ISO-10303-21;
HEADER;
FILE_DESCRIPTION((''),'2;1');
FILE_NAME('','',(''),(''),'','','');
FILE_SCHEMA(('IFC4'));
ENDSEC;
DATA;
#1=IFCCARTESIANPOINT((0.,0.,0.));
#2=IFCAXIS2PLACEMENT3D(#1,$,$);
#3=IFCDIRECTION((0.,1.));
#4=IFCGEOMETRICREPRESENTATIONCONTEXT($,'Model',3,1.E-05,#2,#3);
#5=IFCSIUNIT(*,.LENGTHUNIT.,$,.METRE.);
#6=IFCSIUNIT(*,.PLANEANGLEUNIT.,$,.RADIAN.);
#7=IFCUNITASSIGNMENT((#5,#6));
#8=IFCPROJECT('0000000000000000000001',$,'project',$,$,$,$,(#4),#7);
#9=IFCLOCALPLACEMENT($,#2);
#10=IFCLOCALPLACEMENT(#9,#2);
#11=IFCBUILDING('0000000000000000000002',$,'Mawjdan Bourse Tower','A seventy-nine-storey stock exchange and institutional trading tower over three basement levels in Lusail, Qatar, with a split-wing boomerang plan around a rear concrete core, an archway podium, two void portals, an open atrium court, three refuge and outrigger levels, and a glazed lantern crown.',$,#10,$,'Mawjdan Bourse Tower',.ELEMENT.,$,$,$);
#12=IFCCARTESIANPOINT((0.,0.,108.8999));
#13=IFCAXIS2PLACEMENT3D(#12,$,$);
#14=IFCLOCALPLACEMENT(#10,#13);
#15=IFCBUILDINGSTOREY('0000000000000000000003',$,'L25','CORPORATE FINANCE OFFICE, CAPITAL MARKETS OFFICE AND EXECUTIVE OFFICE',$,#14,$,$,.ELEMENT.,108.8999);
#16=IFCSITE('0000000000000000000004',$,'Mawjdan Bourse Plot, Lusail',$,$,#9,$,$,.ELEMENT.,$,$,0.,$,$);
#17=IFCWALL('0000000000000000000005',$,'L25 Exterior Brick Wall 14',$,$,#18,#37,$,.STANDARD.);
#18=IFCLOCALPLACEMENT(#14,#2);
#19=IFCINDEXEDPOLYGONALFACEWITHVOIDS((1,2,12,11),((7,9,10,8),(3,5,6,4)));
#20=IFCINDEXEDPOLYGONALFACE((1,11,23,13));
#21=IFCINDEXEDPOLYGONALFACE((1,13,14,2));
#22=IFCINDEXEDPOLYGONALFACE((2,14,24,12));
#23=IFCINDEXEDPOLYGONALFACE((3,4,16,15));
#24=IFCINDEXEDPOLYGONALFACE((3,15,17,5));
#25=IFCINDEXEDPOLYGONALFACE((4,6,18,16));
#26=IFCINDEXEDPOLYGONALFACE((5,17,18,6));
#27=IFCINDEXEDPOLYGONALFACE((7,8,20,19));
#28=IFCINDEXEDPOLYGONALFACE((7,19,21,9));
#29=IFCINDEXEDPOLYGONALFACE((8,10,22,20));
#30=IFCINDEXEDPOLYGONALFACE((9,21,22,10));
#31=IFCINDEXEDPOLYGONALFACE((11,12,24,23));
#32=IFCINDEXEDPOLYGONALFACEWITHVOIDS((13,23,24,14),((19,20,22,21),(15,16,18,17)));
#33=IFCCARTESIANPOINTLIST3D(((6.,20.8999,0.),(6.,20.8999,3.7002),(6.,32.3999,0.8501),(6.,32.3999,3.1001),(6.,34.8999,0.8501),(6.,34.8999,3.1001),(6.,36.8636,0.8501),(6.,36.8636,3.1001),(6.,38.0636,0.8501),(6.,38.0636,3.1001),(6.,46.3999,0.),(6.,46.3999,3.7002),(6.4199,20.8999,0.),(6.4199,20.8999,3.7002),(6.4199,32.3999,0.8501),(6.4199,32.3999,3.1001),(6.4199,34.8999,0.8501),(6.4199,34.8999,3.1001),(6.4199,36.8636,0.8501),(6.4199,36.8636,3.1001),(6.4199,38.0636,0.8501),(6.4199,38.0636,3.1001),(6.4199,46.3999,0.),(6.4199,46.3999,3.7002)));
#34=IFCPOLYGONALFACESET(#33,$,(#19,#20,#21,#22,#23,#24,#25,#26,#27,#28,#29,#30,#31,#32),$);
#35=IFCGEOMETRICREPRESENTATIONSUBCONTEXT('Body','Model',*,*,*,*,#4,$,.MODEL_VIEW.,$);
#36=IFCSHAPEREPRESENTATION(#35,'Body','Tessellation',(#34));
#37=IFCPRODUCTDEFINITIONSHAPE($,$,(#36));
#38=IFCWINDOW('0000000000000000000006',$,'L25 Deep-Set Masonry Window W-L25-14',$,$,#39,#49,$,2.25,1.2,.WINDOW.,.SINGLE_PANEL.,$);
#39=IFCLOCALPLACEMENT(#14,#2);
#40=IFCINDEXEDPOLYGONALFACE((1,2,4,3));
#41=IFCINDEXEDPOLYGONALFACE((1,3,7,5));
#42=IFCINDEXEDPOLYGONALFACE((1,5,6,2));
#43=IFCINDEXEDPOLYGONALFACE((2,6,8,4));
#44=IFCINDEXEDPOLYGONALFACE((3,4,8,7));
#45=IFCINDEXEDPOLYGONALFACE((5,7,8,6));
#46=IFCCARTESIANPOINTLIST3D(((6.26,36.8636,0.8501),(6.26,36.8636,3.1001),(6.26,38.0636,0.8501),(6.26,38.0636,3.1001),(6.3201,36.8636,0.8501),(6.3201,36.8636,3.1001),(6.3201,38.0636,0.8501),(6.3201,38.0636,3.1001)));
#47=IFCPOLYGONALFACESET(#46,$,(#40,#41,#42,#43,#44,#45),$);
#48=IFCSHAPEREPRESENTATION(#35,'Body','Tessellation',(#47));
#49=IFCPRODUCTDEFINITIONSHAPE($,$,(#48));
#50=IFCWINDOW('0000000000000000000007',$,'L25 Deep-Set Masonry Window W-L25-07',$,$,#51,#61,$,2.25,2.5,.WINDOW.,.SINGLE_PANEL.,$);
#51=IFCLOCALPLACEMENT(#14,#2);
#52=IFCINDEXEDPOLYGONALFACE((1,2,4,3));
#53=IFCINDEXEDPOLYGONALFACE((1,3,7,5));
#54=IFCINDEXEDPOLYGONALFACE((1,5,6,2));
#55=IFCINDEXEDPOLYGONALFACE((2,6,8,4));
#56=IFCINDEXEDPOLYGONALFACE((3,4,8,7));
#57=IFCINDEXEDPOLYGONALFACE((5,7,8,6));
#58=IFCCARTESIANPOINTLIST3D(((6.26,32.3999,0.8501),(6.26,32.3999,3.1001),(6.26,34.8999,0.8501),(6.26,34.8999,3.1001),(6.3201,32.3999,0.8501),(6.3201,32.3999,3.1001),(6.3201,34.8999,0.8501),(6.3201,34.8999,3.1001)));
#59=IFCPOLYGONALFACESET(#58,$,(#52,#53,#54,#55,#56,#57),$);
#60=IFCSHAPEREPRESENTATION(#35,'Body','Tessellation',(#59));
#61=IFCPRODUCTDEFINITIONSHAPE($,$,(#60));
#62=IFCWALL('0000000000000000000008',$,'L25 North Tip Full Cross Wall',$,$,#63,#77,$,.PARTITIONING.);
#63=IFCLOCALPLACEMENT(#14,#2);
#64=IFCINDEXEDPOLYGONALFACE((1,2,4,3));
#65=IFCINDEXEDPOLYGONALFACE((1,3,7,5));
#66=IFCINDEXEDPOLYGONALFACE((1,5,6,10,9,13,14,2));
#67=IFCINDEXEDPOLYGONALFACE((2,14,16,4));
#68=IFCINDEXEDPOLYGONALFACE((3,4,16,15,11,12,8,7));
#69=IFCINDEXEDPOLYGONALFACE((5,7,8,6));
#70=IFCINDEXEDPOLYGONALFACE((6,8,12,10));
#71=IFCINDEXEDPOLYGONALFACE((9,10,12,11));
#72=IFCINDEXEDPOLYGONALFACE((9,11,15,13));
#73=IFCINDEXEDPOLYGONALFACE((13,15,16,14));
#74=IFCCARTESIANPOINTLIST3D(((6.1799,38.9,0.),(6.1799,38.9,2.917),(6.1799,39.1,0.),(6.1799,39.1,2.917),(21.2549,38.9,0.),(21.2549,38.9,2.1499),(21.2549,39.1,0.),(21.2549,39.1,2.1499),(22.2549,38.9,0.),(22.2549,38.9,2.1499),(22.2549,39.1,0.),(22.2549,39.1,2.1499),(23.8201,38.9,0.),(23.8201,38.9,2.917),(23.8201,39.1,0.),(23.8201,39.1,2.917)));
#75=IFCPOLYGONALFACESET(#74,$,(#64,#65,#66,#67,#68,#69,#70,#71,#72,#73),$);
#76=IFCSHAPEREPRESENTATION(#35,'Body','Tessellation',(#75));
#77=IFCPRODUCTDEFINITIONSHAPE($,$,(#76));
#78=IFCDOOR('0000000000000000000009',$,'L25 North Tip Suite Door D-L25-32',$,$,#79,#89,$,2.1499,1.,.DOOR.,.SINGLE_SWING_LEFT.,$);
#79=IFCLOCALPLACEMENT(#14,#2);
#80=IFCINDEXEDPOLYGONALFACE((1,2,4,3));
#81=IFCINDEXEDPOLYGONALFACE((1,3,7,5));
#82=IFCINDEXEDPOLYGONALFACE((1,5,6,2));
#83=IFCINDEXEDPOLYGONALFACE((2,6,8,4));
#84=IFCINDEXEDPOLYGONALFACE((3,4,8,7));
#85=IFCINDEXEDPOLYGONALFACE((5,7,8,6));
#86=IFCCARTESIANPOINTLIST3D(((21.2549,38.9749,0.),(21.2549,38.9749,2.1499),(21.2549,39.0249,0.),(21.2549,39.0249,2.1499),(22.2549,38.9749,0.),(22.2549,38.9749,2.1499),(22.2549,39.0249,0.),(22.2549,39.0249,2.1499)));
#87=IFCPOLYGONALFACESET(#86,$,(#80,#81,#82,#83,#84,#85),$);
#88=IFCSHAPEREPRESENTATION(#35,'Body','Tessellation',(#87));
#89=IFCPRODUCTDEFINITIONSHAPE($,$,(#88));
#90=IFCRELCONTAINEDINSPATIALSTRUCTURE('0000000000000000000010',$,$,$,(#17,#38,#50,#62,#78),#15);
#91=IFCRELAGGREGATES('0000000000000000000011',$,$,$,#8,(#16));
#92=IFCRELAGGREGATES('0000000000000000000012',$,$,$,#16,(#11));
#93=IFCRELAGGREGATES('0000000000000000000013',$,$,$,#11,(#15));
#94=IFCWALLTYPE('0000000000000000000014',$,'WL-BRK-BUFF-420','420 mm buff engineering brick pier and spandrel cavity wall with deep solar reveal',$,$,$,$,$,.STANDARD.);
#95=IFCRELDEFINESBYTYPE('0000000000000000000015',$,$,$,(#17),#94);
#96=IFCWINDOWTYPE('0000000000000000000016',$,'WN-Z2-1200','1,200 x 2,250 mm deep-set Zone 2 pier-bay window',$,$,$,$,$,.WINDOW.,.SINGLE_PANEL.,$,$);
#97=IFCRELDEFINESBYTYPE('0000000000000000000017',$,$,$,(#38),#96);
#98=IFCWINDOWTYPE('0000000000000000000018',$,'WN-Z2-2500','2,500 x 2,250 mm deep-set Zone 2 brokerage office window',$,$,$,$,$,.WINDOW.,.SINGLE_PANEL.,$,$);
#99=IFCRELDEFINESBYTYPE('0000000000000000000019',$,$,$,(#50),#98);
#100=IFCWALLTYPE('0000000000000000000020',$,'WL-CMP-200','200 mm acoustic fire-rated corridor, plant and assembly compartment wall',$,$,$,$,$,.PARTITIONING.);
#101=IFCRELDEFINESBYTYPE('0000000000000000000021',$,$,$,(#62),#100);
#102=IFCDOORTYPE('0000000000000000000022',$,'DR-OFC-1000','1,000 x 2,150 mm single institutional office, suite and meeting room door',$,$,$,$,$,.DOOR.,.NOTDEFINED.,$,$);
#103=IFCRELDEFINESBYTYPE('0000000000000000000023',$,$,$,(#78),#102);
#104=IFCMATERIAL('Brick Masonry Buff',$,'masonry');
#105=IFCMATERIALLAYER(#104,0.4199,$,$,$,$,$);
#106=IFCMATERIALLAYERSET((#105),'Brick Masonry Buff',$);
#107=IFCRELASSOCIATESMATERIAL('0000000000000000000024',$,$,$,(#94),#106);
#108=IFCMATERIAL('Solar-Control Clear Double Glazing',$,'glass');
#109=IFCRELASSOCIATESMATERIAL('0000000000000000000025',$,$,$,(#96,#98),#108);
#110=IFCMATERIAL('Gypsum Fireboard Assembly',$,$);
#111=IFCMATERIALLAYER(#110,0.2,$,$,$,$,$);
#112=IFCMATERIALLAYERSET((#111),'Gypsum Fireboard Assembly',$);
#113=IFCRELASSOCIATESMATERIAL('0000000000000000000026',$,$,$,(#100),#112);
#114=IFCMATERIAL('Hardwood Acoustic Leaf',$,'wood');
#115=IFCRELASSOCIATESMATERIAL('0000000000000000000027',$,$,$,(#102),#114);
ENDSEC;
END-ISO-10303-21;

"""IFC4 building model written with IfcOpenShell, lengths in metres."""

from ifc_helpers import new_model, si_unit, direction, frame, frame_2d, origin, place, context, subcontext, project, spatial, rectangle, extrude, material, layer, layer_set, type_object, element, fill, save


model = new_model("IFC4")

# Units and contexts
model_context = context("Model", 3, precision=1e-05, world=origin(), true_north=direction((0.0, 1.0)))
body_context = subcontext(model_context, "Body", "Model", "MODEL_VIEW")
ifc_project = project(units=[si_unit("LENGTHUNIT", "METRE"), si_unit("PLANEANGLEUNIT", "RADIAN")], contexts=[model_context])

# Site, building, storey
site_placement = place(None, origin())
site = spatial("IfcSite", under=ifc_project, at=site_placement, Name="Mawjdan Bourse Plot, Lusail", CompositionType="ELEMENT", RefElevation=0.0)
building_placement = place(site_placement, origin())
building = spatial("IfcBuilding", under=site, at=building_placement, Name="Mawjdan Bourse Tower", Description="A seventy-nine-storey stock exchange and institutional trading tower over three basement levels in Lusail, Qatar, with a split-wing boomerang plan around a rear concrete core, an archway podium, two void portals, an open atrium court, three refuge and outrigger levels, and a glazed lantern crown.", LongName="Mawjdan Bourse Tower", CompositionType="ELEMENT")
storey_placement = place(building_placement, frame((0.0, 0.0, 108.8999)))
storey = spatial("IfcBuildingStorey", under=building, at=storey_placement, Name="L25", Description="CORPORATE FINANCE OFFICE, CAPITAL MARKETS OFFICE AND EXECUTIVE OFFICE", CompositionType="ELEMENT", Elevation=108.8999)

# Shared definitions
ifc_material_1 = material(Name="Brick Masonry Buff", Category="masonry")
ifc_layer_1 = layer(ifc_material_1, 0.4199)
ifc_layer_set_1 = layer_set([ifc_layer_1], Name="Brick Masonry Buff")
wall_type_1 = type_object("IfcWallType", Name="WL-BRK-BUFF-420", Description="420 mm buff engineering brick pier and spandrel cavity wall with deep solar reveal", PredefinedType="STANDARD", material=ifc_layer_set_1)

# Wall, openings, windows
wall_1_placement = place(storey_placement, frame((6.21, 46.3999, 0.0), z_axis=(0.0, 0.0, 1.0), x_axis=(0.0, -1.0, 0.0)))
wall_1 = element("IfcWall", 1, at=wall_1_placement, inside=storey, type_object=wall_type_1, Name="L25 Exterior Brick Wall 14", PredefinedType="STANDARD", context=body_context, shape_type="SweptSolid", body=[
    extrude(rectangle(XDim=25.5, YDim=0.4199, at=frame_2d((12.75, 0.0))), origin(), (0.0, 0.0, 1.0), 3.7002),
])
opening_1_placement = place(wall_1_placement, frame((11.5, 0.0, 0.8501)))
opening_1 = element("IfcOpeningElement", 2, at=opening_1_placement, cuts=wall_1, PredefinedType="OPENING", context=body_context, shape_type="SweptSolid", body=[
    extrude(rectangle(XDim=2.5, YDim=2.25, at=frame_2d((1.25, 1.125))), frame((0.0, 0.22, 0.0), z_axis=(0.0, -1.0, 0.0), x_axis=(1.0, 0.0, 0.0)), (0.0, 0.0, 1.0), 0.4399),
])
opening_2_placement = place(wall_1_placement, frame((8.3362, 0.0, 0.8501)))
opening_2 = element("IfcOpeningElement", 3, at=opening_2_placement, cuts=wall_1, PredefinedType="OPENING", context=body_context, shape_type="SweptSolid", body=[
    extrude(rectangle(XDim=1.2, YDim=2.25, at=frame_2d((0.6001, 1.125))), frame((0.0, 0.22, 0.0), z_axis=(0.0, -1.0, 0.0), x_axis=(1.0, 0.0, 0.0)), (0.0, 0.0, 1.0), 0.4399),
])
ifc_material_2 = material(Name="Solar-Control Clear Double Glazing", Category="glass")
window_type_1 = type_object("IfcWindowType", Name="WN-Z2-1200", Description="1,200 x 2,250 mm deep-set Zone 2 pier-bay window", PartitioningType="SINGLE_PANEL", PredefinedType="WINDOW", material=ifc_material_2)
window_1_placement = place(opening_2_placement, origin())
window_1 = element("IfcWindow", 4, at=window_1_placement, inside=storey, type_object=window_type_1, Name="L25 Deep-Set Masonry Window W-L25-14", OverallHeight=2.25, OverallWidth=1.2, PartitioningType="SINGLE_PANEL", PredefinedType="WINDOW", context=body_context, shape_type="SweptSolid", body=[
    extrude(rectangle(XDim=1.2, YDim=2.25, at=frame_2d((0.6001, 1.125))), frame((0.0, 0.1101, 0.0), z_axis=(0.0, -1.0, 0.0), x_axis=(1.0, 0.0, 0.0)), (0.0, 0.0, 1.0), 0.0601),
])
fill(opening_2, window_1)
window_type_2 = type_object("IfcWindowType", Name="WN-Z2-2500", Description="2,500 x 2,250 mm deep-set Zone 2 brokerage office window", PartitioningType="SINGLE_PANEL", PredefinedType="WINDOW", material=ifc_material_2)
window_2_placement = place(opening_1_placement, origin())
window_2 = element("IfcWindow", 5, at=window_2_placement, inside=storey, type_object=window_type_2, Name="L25 Deep-Set Masonry Window W-L25-07", OverallHeight=2.25, OverallWidth=2.5, PartitioningType="SINGLE_PANEL", PredefinedType="WINDOW", context=body_context, shape_type="SweptSolid", body=[
    extrude(rectangle(XDim=2.5, YDim=2.25, at=frame_2d((1.25, 1.125))), frame((0.0, 0.1101, 0.0), z_axis=(0.0, -1.0, 0.0), x_axis=(1.0, 0.0, 0.0)), (0.0, 0.0, 1.0), 0.0601),
])
fill(opening_1, window_2)

# Wall, opening, door
ifc_material_3 = material(Name="Gypsum Fireboard Assembly")
ifc_layer_2 = layer(ifc_material_3, 0.2)
ifc_layer_set_2 = layer_set([ifc_layer_2], Name="Gypsum Fireboard Assembly")
wall_type_2 = type_object("IfcWallType", Name="WL-CMP-200", Description="200 mm acoustic fire-rated corridor, plant and assembly compartment wall", PredefinedType="PARTITIONING", material=ifc_layer_set_2)
wall_2_placement = place(storey_placement, frame((6.1799, 39.0, 0.0), z_axis=(0.0, 0.0, 1.0), x_axis=(1.0, 0.0, 0.0)))
wall_2 = element("IfcWall", 6, at=wall_2_placement, inside=storey, type_object=wall_type_2, Name="L25 North Tip Full Cross Wall", PredefinedType="PARTITIONING", context=body_context, shape_type="SweptSolid", body=[
    extrude(rectangle(XDim=17.6401, YDim=0.2, at=frame_2d((8.8201, 0.0))), origin(), (0.0, 0.0, 1.0), 2.917),
])
opening_3_placement = place(wall_2_placement, frame((15.075, 0.0, 0.0)))
opening_3 = element("IfcOpeningElement", 7, at=opening_3_placement, cuts=wall_2, PredefinedType="OPENING", context=body_context, shape_type="SweptSolid", body=[
    extrude(rectangle(XDim=1.0, YDim=2.1499, at=frame_2d((0.5, 1.075))), frame((0.0, 0.1099, 0.0), z_axis=(0.0, -1.0, 0.0), x_axis=(1.0, 0.0, 0.0)), (0.0, 0.0, 1.0), 0.22),
])
ifc_material_4 = material(Name="Hardwood Acoustic Leaf", Category="wood")
door_type = type_object("IfcDoorType", Name="DR-OFC-1000", Description="1,000 x 2,150 mm single institutional office, suite and meeting room door", OperationType="NOTDEFINED", PredefinedType="DOOR", material=ifc_material_4)
door_placement = place(opening_3_placement, origin())
door = element("IfcDoor", 8, at=door_placement, inside=storey, type_object=door_type, Name="L25 North Tip Suite Door D-L25-32", OperationType="SINGLE_SWING_LEFT", OverallHeight=2.1499, OverallWidth=1.0, PredefinedType="DOOR", context=body_context, shape_type="SweptSolid", body=[
    extrude(rectangle(XDim=1.0, YDim=2.1499, at=frame_2d((0.5, 1.075))), frame((0.0, 0.0249, 0.0), z_axis=(0.0, -1.0, 0.0), x_axis=(1.0, 0.0, 0.0)), (0.0, 0.0, 1.0), 0.05),
])
fill(opening_3, door)

save(model, "model.ifc")
